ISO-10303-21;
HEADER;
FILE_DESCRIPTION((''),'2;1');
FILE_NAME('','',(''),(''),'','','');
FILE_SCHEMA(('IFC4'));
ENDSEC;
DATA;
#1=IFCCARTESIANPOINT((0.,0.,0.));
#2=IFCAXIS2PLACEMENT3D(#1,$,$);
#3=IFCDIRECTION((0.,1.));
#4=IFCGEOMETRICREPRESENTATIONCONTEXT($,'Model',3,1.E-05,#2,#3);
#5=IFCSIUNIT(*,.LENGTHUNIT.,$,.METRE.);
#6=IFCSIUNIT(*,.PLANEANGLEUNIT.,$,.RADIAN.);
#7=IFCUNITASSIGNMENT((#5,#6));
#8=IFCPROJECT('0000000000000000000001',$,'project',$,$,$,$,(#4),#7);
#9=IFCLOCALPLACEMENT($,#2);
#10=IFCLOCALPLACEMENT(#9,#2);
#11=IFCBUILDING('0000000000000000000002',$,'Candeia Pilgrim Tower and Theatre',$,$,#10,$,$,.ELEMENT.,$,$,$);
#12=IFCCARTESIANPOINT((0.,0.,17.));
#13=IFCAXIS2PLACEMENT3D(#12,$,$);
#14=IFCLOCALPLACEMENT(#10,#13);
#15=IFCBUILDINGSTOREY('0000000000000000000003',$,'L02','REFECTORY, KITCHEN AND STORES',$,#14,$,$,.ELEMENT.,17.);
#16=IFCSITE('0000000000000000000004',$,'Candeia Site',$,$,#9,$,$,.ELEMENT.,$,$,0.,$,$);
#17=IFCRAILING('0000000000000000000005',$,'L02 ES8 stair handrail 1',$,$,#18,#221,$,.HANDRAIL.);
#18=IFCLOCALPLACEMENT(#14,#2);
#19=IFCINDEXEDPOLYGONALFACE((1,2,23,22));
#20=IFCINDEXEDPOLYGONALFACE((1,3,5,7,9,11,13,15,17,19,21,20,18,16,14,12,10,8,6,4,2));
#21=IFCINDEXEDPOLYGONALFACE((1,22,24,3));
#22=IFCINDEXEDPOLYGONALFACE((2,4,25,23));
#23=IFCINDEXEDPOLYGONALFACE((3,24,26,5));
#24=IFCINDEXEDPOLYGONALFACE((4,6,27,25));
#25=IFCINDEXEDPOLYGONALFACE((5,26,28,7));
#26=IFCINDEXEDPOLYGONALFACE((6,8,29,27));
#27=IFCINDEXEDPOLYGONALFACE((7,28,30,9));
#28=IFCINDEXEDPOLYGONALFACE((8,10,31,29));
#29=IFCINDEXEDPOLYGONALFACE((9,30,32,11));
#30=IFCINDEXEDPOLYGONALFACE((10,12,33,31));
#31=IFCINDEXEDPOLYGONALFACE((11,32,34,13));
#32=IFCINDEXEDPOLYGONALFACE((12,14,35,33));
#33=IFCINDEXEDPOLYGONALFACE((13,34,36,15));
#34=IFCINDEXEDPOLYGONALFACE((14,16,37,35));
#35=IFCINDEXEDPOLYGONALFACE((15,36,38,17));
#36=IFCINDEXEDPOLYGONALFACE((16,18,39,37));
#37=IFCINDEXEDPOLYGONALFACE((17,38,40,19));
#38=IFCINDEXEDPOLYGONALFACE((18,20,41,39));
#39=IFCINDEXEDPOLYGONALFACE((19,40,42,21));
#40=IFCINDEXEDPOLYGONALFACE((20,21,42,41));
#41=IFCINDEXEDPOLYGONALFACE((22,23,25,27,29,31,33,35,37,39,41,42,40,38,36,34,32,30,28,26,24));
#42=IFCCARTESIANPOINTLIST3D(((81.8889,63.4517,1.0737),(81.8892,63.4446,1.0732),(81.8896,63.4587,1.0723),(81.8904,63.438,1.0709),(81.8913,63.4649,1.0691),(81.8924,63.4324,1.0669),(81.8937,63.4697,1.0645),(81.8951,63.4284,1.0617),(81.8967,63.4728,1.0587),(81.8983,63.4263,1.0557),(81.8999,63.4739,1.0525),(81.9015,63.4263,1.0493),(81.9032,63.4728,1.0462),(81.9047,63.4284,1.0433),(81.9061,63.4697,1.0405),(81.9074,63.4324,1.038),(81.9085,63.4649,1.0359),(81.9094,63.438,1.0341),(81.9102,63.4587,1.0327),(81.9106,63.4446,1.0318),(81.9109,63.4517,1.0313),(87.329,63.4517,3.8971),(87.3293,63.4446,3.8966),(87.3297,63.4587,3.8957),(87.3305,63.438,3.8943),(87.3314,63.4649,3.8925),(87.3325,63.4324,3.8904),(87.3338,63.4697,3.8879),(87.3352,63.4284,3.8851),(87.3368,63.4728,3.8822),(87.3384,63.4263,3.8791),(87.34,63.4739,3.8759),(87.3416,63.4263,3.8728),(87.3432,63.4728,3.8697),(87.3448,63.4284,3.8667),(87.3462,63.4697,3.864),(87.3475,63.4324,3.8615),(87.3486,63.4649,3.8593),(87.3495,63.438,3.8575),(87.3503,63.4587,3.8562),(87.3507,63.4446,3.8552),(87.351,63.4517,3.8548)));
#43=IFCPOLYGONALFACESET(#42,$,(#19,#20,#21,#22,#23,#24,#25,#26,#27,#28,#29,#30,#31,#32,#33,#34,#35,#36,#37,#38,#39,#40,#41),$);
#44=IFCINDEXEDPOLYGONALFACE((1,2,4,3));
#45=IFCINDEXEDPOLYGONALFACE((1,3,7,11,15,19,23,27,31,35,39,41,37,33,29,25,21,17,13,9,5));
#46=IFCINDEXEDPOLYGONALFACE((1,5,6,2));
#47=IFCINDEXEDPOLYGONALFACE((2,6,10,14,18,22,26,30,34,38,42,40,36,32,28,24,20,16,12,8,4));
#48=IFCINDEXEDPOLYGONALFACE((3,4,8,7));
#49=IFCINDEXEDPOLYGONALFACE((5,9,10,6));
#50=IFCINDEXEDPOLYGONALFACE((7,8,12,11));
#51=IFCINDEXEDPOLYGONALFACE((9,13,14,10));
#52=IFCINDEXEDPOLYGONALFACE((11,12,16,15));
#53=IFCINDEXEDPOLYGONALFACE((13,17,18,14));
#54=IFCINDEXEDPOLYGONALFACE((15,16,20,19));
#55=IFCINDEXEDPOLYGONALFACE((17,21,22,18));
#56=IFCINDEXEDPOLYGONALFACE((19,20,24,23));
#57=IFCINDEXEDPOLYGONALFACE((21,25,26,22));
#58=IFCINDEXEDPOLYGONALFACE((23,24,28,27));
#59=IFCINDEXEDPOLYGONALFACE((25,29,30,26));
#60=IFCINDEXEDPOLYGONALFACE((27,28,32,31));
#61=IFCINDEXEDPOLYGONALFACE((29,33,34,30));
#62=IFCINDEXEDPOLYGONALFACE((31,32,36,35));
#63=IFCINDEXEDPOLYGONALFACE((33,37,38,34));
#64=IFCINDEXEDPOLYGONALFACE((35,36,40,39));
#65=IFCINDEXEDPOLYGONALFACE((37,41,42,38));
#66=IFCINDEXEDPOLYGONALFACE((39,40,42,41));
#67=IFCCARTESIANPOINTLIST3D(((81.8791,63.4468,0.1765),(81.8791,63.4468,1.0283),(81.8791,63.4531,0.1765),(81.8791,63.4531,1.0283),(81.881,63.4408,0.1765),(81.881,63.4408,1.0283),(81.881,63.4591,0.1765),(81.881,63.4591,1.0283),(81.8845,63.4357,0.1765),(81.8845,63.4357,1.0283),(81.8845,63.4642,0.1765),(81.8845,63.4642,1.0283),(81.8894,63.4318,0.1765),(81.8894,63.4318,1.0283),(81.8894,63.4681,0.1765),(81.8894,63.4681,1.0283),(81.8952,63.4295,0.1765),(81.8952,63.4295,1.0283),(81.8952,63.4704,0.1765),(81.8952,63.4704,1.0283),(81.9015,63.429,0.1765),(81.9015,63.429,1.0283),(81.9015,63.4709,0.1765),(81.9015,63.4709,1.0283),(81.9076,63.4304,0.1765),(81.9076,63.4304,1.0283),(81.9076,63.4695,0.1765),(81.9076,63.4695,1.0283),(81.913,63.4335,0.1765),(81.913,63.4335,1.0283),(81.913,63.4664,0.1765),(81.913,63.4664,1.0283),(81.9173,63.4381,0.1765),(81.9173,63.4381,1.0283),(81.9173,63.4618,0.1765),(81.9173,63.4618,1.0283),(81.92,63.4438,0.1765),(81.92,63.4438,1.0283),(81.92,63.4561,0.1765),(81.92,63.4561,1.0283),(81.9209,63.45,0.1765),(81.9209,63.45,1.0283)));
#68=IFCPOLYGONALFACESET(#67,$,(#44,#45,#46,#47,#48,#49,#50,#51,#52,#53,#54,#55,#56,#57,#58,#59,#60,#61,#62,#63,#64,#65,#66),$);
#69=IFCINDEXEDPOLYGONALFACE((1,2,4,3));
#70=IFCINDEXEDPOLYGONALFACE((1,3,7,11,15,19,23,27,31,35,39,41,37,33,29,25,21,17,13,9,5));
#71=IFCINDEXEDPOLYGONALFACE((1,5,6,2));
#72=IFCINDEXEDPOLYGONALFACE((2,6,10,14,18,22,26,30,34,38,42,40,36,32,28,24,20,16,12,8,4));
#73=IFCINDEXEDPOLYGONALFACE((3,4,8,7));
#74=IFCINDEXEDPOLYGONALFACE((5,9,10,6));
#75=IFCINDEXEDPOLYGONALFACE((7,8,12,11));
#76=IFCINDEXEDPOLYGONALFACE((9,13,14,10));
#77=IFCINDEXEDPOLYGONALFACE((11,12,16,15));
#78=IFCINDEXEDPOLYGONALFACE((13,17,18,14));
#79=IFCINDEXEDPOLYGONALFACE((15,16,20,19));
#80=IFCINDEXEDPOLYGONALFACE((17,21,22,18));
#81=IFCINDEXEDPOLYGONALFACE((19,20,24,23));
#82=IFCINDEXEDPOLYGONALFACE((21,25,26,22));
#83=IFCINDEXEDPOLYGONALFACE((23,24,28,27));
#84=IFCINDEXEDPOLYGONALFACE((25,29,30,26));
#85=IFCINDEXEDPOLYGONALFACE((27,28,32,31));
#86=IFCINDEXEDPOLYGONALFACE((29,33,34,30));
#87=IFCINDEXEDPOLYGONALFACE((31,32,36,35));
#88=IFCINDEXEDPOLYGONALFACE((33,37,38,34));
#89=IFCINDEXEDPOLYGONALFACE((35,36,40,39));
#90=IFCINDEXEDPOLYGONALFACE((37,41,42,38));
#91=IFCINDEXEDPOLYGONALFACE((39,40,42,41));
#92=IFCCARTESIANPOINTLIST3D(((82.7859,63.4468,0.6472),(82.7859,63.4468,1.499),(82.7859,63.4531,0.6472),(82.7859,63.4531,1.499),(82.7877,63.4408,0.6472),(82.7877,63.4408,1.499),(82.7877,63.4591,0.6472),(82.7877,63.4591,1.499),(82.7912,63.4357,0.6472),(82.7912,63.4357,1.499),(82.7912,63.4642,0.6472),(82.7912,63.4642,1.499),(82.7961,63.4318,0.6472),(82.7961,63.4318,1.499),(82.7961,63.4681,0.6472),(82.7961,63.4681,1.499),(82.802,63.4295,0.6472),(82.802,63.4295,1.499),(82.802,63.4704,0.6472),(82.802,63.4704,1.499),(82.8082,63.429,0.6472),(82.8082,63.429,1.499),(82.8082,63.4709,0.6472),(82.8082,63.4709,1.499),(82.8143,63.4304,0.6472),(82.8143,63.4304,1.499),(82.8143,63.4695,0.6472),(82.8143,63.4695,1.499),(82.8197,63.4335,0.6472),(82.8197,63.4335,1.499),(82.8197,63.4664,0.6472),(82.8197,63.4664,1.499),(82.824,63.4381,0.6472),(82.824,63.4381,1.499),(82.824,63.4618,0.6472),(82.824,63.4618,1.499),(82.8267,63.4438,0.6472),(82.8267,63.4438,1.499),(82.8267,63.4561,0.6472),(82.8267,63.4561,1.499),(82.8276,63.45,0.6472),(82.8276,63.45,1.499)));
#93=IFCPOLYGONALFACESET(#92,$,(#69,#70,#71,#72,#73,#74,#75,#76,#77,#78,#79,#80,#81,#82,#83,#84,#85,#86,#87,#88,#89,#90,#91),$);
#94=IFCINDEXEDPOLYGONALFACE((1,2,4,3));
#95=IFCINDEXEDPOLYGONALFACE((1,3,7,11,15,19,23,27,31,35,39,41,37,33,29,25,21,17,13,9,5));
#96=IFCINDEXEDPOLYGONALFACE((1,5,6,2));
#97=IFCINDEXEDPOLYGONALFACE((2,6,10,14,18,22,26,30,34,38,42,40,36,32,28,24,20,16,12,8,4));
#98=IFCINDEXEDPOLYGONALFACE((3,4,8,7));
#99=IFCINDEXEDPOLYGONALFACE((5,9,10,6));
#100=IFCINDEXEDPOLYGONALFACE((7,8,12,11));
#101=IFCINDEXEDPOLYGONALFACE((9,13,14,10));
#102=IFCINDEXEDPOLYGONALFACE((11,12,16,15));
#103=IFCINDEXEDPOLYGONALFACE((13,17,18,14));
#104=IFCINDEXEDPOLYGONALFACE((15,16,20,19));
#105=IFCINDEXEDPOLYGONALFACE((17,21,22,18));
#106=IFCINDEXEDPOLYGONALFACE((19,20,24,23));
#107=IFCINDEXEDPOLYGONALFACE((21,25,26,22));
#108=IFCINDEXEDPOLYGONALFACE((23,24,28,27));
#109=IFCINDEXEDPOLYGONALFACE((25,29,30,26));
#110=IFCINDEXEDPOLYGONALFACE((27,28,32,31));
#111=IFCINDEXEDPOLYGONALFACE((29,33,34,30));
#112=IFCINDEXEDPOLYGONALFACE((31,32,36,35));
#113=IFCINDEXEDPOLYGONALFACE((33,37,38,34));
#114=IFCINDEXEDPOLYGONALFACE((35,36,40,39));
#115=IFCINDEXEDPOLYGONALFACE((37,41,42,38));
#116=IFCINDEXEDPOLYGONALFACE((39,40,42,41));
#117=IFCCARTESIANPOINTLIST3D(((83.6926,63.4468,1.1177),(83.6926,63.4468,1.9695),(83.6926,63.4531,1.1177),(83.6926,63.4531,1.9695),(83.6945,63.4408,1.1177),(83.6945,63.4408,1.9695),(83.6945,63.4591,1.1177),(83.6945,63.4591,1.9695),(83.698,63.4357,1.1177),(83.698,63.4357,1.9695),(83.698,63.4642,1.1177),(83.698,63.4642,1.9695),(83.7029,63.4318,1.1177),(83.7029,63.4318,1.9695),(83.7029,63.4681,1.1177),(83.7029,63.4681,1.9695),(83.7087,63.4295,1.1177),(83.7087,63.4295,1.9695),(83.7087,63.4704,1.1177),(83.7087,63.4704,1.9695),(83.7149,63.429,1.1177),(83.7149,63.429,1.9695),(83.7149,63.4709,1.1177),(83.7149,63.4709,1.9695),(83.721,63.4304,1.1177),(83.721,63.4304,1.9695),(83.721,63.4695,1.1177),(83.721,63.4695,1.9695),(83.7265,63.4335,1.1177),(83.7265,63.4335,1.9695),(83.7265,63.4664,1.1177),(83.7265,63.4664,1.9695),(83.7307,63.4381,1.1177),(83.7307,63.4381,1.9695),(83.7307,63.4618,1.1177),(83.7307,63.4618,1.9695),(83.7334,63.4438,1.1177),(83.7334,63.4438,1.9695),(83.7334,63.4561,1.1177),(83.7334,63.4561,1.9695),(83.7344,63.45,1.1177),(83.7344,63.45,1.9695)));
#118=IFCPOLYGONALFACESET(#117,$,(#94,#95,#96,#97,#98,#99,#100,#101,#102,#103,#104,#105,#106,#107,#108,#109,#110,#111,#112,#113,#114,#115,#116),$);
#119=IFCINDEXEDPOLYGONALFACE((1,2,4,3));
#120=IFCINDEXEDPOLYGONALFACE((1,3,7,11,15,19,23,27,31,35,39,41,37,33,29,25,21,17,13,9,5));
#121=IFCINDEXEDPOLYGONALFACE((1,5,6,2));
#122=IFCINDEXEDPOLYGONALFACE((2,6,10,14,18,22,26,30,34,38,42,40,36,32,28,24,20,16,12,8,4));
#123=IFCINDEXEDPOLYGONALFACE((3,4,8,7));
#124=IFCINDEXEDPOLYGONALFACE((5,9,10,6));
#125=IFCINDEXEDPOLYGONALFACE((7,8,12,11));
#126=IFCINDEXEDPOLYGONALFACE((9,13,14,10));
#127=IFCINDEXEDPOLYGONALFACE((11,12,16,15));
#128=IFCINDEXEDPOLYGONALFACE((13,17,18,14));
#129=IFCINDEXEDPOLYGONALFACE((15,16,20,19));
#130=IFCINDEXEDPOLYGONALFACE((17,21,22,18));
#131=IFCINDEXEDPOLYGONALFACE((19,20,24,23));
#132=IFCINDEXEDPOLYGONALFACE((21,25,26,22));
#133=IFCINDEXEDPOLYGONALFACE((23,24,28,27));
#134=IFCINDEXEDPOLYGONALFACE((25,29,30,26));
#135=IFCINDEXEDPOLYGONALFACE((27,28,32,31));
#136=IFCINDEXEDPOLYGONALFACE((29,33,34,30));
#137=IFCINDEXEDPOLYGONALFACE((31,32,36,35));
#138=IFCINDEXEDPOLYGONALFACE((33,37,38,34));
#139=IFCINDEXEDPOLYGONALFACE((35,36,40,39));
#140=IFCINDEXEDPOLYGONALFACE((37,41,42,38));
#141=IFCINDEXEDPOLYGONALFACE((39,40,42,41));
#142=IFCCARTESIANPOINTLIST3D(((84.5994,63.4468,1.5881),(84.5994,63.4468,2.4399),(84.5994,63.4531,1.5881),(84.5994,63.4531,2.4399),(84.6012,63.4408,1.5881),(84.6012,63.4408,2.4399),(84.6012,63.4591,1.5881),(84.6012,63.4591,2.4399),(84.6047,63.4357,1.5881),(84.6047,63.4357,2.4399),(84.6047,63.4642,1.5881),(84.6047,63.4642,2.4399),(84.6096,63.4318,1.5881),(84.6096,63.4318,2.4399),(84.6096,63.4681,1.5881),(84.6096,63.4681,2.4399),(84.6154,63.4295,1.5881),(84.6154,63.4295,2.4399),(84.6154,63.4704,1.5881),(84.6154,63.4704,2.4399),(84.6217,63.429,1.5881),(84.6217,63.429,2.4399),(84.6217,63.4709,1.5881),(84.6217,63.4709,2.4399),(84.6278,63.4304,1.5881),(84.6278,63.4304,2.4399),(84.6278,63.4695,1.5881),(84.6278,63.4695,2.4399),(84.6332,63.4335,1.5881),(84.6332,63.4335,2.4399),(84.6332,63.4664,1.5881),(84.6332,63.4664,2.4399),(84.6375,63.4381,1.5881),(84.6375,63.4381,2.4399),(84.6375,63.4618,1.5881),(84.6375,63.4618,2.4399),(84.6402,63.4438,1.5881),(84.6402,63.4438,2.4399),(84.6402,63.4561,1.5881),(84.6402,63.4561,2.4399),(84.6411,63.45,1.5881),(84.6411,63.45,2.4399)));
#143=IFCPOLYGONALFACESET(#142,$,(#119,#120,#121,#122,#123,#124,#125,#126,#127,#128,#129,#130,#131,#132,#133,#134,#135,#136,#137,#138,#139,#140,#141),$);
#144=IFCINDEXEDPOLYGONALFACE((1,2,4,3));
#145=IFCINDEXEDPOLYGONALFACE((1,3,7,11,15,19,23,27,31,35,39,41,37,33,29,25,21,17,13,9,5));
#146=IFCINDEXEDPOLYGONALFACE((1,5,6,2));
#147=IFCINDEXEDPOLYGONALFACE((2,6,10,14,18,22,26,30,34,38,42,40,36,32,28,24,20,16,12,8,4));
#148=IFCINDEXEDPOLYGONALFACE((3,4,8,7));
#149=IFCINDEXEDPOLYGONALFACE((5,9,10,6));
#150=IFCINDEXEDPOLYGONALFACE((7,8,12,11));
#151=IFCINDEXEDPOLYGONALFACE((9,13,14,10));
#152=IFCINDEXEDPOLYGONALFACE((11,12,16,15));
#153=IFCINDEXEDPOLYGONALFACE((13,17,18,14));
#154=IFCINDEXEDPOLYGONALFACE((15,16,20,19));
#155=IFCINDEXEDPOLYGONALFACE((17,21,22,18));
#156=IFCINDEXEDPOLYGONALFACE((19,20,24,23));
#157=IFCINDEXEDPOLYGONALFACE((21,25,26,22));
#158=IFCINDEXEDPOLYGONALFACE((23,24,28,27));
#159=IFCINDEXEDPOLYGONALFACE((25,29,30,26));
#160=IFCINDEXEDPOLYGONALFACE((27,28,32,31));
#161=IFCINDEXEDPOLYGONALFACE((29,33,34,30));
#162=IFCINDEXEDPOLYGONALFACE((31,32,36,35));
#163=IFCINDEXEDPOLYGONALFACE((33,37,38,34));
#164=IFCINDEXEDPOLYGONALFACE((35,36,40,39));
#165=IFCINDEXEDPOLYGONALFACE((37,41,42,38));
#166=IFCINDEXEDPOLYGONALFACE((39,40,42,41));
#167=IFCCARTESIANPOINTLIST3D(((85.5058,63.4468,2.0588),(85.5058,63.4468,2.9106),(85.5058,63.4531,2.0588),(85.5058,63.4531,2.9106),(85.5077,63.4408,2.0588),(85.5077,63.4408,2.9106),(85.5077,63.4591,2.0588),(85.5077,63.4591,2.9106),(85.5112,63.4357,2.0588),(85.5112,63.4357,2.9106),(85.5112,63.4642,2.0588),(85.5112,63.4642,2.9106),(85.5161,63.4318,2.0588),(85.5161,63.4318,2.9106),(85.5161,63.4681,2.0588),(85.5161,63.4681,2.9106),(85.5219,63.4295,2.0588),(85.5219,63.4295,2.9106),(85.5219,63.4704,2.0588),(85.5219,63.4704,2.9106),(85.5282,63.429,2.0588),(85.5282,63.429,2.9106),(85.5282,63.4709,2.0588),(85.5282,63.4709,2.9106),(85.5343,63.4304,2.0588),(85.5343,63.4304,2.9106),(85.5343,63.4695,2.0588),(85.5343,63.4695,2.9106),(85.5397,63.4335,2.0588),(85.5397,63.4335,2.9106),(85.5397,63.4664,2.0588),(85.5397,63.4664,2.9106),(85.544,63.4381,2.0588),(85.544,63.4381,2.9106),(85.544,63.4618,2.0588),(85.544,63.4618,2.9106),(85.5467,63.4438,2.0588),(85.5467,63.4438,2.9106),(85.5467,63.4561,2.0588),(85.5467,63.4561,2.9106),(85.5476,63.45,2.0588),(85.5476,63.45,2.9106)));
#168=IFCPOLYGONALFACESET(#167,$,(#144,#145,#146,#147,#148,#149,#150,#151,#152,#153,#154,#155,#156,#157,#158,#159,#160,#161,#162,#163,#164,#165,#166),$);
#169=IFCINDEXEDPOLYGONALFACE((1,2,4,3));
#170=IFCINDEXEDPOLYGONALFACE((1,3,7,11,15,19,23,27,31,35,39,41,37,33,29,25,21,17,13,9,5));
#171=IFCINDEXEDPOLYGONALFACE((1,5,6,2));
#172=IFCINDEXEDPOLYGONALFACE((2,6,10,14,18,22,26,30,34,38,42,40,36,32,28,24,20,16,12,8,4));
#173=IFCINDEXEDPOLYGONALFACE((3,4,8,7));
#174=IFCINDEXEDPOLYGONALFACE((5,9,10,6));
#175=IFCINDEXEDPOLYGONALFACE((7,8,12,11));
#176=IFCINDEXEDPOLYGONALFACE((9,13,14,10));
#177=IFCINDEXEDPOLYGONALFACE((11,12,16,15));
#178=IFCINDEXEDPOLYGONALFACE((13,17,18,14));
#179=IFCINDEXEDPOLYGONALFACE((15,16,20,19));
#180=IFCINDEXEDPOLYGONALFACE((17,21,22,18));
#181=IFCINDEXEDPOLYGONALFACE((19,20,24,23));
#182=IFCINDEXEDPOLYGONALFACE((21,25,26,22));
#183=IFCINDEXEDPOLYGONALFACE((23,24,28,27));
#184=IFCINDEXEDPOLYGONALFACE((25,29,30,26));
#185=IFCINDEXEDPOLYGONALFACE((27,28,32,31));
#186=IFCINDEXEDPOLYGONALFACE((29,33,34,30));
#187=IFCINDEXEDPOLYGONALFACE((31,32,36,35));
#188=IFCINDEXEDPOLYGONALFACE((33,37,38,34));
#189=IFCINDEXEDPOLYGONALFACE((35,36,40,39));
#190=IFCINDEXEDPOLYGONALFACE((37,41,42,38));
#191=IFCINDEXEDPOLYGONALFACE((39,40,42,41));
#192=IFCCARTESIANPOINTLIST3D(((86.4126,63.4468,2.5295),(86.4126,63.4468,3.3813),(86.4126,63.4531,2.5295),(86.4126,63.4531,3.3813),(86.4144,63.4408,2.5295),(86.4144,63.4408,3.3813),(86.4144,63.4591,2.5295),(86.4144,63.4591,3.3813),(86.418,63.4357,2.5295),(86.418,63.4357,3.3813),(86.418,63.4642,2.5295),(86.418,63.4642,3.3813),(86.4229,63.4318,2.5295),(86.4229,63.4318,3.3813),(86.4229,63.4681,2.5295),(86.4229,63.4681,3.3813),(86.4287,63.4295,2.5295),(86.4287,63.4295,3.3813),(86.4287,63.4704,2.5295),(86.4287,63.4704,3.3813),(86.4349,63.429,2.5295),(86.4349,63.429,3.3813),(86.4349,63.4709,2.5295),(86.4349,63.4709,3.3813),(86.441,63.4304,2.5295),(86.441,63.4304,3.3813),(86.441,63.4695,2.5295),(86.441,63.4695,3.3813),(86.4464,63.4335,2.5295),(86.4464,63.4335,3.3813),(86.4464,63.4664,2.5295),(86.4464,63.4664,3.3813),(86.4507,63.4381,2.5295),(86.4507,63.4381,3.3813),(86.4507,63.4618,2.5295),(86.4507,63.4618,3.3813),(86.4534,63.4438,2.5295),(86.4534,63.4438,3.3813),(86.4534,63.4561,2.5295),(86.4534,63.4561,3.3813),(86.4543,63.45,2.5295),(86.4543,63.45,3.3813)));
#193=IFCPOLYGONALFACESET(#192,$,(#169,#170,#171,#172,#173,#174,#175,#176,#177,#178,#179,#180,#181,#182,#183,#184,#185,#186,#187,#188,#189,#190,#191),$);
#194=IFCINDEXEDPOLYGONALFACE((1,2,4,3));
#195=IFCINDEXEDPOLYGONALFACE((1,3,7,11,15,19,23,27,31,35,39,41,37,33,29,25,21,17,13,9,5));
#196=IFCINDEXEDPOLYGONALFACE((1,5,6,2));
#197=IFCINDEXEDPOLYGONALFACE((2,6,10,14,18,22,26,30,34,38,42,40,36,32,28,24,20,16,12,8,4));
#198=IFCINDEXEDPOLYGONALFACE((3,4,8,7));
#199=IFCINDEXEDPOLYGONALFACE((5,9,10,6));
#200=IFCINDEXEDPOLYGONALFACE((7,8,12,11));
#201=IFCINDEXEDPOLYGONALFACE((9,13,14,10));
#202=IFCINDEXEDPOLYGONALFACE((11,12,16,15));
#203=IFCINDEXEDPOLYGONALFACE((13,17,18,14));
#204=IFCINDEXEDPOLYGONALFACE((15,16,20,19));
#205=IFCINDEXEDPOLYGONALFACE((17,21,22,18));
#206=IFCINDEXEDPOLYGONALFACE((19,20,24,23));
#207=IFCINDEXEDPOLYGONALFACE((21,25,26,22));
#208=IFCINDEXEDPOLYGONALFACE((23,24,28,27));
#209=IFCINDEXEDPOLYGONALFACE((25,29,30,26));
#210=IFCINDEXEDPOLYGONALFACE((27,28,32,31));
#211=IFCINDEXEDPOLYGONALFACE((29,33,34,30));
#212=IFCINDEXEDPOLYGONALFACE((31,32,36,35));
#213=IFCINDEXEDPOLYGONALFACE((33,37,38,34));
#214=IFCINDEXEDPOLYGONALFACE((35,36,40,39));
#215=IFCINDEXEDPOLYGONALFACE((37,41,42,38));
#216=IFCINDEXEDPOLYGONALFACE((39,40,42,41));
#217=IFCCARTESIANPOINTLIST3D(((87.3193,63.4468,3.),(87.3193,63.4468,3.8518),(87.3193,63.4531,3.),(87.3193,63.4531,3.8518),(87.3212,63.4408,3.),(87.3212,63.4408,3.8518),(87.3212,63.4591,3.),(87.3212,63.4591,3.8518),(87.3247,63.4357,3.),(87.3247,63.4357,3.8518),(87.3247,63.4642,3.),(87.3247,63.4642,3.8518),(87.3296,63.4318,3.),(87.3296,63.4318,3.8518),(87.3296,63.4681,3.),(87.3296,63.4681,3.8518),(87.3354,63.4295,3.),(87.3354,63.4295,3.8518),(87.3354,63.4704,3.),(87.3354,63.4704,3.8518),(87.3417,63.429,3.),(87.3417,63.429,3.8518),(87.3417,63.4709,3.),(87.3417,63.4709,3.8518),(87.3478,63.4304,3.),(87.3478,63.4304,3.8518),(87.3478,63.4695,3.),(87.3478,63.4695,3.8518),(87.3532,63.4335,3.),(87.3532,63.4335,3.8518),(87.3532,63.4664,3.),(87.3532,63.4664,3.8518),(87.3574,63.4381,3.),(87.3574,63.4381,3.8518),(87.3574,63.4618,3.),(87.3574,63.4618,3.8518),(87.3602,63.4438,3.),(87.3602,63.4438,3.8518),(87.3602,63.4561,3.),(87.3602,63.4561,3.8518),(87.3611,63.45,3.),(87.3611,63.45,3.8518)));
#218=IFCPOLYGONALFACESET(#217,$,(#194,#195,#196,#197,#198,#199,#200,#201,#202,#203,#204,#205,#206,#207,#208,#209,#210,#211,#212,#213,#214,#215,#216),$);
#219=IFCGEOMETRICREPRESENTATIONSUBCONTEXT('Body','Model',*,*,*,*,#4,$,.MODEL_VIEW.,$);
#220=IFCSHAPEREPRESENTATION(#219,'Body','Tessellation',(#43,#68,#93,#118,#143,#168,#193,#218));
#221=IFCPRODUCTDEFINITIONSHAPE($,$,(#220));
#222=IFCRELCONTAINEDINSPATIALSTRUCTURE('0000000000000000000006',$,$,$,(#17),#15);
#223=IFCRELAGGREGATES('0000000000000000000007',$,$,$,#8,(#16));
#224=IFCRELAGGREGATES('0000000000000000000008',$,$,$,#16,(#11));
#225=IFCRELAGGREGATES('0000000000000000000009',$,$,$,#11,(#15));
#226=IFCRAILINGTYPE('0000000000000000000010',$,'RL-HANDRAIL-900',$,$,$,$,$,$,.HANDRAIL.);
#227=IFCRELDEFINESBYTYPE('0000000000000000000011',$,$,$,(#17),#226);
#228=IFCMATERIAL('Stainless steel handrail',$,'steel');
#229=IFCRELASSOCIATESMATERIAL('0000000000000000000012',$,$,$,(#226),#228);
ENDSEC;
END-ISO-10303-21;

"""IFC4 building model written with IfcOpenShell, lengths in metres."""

from ifc_helpers import new_model, si_unit, direction, frame, origin, origin_2d, place, context, subcontext, project, spatial, circle, extrude, material, type_object, element, save


model = new_model("IFC4")

# Units and contexts
model_context = context("Model", 3, precision=1e-05, world=origin(), true_north=direction((0.0, 1.0)))
body_context = subcontext(model_context, "Body", "Model", "MODEL_VIEW")
ifc_project = project(units=[si_unit("LENGTHUNIT", "METRE"), si_unit("PLANEANGLEUNIT", "RADIAN")], contexts=[model_context])

# Site, building, storey
site_placement = place(None, origin())
site = spatial("IfcSite", under=ifc_project, at=site_placement, Name="Candeia Site", CompositionType="ELEMENT", RefElevation=0.0)
building_placement = place(site_placement, origin())
building = spatial("IfcBuilding", under=site, at=building_placement, Name="Candeia Pilgrim Tower and Theatre", CompositionType="ELEMENT")
storey_placement = place(building_placement, frame((0.0, 0.0, 17.0)))
storey = spatial("IfcBuildingStorey", under=building, at=storey_placement, Name="L02", Description="REFECTORY, KITCHEN AND STORES", CompositionType="ELEMENT", Elevation=17.0)

# Railing
ifc_material_1 = material(Name="Stainless steel handrail", Category="steel")
railing_type_1 = type_object("IfcRailingType", Name="RL-HANDRAIL-900", PredefinedType="HANDRAIL", material=ifc_material_1)
railing_1_placement = place(storey_placement, frame((81.8999, 63.45, 0.1765)))
element("IfcRailing", 1, at=railing_1_placement, inside=storey, type_object=railing_type_1, Name="L02 ES8 stair handrail 1", PredefinedType="HANDRAIL", context=body_context, shape_type="SweptSolid", body=[
    extrude(circle(Radius=0.0239, at=origin_2d()), frame((0.0, 0.0, 0.876), z_axis=(0.887578, 0.0, 0.460658), x_axis=(0.0, 1.0, 0.0)), (0.0, 0.0, 1.0), 6.1292),
    extrude(circle(Radius=0.021, at=origin_2d()), origin(), (0.0, 0.0, 1.0), 0.8518),
    extrude(circle(Radius=0.021, at=origin_2d()), frame((0.9067, 0.0, 0.4707)), (0.0, 0.0, 1.0), 0.8518),
    extrude(circle(Radius=0.021, at=origin_2d()), frame((1.8135, 0.0, 0.9412)), (0.0, 0.0, 1.0), 0.8518),
    extrude(circle(Radius=0.021, at=origin_2d()), frame((2.7202, 0.0, 1.4116)), (0.0, 0.0, 1.0), 0.8518),
    extrude(circle(Radius=0.021, at=origin_2d()), frame((3.6267, 0.0, 1.8823)), (0.0, 0.0, 1.0), 0.8518),
    extrude(circle(Radius=0.021, at=origin_2d()), frame((4.5334, 0.0, 2.353)), (0.0, 0.0, 1.0), 0.8518),
    extrude(circle(Radius=0.021, at=origin_2d()), frame((5.4402, 0.0, 2.8235)), (0.0, 0.0, 1.0), 0.8518),
])

save(model, "model.ifc")
